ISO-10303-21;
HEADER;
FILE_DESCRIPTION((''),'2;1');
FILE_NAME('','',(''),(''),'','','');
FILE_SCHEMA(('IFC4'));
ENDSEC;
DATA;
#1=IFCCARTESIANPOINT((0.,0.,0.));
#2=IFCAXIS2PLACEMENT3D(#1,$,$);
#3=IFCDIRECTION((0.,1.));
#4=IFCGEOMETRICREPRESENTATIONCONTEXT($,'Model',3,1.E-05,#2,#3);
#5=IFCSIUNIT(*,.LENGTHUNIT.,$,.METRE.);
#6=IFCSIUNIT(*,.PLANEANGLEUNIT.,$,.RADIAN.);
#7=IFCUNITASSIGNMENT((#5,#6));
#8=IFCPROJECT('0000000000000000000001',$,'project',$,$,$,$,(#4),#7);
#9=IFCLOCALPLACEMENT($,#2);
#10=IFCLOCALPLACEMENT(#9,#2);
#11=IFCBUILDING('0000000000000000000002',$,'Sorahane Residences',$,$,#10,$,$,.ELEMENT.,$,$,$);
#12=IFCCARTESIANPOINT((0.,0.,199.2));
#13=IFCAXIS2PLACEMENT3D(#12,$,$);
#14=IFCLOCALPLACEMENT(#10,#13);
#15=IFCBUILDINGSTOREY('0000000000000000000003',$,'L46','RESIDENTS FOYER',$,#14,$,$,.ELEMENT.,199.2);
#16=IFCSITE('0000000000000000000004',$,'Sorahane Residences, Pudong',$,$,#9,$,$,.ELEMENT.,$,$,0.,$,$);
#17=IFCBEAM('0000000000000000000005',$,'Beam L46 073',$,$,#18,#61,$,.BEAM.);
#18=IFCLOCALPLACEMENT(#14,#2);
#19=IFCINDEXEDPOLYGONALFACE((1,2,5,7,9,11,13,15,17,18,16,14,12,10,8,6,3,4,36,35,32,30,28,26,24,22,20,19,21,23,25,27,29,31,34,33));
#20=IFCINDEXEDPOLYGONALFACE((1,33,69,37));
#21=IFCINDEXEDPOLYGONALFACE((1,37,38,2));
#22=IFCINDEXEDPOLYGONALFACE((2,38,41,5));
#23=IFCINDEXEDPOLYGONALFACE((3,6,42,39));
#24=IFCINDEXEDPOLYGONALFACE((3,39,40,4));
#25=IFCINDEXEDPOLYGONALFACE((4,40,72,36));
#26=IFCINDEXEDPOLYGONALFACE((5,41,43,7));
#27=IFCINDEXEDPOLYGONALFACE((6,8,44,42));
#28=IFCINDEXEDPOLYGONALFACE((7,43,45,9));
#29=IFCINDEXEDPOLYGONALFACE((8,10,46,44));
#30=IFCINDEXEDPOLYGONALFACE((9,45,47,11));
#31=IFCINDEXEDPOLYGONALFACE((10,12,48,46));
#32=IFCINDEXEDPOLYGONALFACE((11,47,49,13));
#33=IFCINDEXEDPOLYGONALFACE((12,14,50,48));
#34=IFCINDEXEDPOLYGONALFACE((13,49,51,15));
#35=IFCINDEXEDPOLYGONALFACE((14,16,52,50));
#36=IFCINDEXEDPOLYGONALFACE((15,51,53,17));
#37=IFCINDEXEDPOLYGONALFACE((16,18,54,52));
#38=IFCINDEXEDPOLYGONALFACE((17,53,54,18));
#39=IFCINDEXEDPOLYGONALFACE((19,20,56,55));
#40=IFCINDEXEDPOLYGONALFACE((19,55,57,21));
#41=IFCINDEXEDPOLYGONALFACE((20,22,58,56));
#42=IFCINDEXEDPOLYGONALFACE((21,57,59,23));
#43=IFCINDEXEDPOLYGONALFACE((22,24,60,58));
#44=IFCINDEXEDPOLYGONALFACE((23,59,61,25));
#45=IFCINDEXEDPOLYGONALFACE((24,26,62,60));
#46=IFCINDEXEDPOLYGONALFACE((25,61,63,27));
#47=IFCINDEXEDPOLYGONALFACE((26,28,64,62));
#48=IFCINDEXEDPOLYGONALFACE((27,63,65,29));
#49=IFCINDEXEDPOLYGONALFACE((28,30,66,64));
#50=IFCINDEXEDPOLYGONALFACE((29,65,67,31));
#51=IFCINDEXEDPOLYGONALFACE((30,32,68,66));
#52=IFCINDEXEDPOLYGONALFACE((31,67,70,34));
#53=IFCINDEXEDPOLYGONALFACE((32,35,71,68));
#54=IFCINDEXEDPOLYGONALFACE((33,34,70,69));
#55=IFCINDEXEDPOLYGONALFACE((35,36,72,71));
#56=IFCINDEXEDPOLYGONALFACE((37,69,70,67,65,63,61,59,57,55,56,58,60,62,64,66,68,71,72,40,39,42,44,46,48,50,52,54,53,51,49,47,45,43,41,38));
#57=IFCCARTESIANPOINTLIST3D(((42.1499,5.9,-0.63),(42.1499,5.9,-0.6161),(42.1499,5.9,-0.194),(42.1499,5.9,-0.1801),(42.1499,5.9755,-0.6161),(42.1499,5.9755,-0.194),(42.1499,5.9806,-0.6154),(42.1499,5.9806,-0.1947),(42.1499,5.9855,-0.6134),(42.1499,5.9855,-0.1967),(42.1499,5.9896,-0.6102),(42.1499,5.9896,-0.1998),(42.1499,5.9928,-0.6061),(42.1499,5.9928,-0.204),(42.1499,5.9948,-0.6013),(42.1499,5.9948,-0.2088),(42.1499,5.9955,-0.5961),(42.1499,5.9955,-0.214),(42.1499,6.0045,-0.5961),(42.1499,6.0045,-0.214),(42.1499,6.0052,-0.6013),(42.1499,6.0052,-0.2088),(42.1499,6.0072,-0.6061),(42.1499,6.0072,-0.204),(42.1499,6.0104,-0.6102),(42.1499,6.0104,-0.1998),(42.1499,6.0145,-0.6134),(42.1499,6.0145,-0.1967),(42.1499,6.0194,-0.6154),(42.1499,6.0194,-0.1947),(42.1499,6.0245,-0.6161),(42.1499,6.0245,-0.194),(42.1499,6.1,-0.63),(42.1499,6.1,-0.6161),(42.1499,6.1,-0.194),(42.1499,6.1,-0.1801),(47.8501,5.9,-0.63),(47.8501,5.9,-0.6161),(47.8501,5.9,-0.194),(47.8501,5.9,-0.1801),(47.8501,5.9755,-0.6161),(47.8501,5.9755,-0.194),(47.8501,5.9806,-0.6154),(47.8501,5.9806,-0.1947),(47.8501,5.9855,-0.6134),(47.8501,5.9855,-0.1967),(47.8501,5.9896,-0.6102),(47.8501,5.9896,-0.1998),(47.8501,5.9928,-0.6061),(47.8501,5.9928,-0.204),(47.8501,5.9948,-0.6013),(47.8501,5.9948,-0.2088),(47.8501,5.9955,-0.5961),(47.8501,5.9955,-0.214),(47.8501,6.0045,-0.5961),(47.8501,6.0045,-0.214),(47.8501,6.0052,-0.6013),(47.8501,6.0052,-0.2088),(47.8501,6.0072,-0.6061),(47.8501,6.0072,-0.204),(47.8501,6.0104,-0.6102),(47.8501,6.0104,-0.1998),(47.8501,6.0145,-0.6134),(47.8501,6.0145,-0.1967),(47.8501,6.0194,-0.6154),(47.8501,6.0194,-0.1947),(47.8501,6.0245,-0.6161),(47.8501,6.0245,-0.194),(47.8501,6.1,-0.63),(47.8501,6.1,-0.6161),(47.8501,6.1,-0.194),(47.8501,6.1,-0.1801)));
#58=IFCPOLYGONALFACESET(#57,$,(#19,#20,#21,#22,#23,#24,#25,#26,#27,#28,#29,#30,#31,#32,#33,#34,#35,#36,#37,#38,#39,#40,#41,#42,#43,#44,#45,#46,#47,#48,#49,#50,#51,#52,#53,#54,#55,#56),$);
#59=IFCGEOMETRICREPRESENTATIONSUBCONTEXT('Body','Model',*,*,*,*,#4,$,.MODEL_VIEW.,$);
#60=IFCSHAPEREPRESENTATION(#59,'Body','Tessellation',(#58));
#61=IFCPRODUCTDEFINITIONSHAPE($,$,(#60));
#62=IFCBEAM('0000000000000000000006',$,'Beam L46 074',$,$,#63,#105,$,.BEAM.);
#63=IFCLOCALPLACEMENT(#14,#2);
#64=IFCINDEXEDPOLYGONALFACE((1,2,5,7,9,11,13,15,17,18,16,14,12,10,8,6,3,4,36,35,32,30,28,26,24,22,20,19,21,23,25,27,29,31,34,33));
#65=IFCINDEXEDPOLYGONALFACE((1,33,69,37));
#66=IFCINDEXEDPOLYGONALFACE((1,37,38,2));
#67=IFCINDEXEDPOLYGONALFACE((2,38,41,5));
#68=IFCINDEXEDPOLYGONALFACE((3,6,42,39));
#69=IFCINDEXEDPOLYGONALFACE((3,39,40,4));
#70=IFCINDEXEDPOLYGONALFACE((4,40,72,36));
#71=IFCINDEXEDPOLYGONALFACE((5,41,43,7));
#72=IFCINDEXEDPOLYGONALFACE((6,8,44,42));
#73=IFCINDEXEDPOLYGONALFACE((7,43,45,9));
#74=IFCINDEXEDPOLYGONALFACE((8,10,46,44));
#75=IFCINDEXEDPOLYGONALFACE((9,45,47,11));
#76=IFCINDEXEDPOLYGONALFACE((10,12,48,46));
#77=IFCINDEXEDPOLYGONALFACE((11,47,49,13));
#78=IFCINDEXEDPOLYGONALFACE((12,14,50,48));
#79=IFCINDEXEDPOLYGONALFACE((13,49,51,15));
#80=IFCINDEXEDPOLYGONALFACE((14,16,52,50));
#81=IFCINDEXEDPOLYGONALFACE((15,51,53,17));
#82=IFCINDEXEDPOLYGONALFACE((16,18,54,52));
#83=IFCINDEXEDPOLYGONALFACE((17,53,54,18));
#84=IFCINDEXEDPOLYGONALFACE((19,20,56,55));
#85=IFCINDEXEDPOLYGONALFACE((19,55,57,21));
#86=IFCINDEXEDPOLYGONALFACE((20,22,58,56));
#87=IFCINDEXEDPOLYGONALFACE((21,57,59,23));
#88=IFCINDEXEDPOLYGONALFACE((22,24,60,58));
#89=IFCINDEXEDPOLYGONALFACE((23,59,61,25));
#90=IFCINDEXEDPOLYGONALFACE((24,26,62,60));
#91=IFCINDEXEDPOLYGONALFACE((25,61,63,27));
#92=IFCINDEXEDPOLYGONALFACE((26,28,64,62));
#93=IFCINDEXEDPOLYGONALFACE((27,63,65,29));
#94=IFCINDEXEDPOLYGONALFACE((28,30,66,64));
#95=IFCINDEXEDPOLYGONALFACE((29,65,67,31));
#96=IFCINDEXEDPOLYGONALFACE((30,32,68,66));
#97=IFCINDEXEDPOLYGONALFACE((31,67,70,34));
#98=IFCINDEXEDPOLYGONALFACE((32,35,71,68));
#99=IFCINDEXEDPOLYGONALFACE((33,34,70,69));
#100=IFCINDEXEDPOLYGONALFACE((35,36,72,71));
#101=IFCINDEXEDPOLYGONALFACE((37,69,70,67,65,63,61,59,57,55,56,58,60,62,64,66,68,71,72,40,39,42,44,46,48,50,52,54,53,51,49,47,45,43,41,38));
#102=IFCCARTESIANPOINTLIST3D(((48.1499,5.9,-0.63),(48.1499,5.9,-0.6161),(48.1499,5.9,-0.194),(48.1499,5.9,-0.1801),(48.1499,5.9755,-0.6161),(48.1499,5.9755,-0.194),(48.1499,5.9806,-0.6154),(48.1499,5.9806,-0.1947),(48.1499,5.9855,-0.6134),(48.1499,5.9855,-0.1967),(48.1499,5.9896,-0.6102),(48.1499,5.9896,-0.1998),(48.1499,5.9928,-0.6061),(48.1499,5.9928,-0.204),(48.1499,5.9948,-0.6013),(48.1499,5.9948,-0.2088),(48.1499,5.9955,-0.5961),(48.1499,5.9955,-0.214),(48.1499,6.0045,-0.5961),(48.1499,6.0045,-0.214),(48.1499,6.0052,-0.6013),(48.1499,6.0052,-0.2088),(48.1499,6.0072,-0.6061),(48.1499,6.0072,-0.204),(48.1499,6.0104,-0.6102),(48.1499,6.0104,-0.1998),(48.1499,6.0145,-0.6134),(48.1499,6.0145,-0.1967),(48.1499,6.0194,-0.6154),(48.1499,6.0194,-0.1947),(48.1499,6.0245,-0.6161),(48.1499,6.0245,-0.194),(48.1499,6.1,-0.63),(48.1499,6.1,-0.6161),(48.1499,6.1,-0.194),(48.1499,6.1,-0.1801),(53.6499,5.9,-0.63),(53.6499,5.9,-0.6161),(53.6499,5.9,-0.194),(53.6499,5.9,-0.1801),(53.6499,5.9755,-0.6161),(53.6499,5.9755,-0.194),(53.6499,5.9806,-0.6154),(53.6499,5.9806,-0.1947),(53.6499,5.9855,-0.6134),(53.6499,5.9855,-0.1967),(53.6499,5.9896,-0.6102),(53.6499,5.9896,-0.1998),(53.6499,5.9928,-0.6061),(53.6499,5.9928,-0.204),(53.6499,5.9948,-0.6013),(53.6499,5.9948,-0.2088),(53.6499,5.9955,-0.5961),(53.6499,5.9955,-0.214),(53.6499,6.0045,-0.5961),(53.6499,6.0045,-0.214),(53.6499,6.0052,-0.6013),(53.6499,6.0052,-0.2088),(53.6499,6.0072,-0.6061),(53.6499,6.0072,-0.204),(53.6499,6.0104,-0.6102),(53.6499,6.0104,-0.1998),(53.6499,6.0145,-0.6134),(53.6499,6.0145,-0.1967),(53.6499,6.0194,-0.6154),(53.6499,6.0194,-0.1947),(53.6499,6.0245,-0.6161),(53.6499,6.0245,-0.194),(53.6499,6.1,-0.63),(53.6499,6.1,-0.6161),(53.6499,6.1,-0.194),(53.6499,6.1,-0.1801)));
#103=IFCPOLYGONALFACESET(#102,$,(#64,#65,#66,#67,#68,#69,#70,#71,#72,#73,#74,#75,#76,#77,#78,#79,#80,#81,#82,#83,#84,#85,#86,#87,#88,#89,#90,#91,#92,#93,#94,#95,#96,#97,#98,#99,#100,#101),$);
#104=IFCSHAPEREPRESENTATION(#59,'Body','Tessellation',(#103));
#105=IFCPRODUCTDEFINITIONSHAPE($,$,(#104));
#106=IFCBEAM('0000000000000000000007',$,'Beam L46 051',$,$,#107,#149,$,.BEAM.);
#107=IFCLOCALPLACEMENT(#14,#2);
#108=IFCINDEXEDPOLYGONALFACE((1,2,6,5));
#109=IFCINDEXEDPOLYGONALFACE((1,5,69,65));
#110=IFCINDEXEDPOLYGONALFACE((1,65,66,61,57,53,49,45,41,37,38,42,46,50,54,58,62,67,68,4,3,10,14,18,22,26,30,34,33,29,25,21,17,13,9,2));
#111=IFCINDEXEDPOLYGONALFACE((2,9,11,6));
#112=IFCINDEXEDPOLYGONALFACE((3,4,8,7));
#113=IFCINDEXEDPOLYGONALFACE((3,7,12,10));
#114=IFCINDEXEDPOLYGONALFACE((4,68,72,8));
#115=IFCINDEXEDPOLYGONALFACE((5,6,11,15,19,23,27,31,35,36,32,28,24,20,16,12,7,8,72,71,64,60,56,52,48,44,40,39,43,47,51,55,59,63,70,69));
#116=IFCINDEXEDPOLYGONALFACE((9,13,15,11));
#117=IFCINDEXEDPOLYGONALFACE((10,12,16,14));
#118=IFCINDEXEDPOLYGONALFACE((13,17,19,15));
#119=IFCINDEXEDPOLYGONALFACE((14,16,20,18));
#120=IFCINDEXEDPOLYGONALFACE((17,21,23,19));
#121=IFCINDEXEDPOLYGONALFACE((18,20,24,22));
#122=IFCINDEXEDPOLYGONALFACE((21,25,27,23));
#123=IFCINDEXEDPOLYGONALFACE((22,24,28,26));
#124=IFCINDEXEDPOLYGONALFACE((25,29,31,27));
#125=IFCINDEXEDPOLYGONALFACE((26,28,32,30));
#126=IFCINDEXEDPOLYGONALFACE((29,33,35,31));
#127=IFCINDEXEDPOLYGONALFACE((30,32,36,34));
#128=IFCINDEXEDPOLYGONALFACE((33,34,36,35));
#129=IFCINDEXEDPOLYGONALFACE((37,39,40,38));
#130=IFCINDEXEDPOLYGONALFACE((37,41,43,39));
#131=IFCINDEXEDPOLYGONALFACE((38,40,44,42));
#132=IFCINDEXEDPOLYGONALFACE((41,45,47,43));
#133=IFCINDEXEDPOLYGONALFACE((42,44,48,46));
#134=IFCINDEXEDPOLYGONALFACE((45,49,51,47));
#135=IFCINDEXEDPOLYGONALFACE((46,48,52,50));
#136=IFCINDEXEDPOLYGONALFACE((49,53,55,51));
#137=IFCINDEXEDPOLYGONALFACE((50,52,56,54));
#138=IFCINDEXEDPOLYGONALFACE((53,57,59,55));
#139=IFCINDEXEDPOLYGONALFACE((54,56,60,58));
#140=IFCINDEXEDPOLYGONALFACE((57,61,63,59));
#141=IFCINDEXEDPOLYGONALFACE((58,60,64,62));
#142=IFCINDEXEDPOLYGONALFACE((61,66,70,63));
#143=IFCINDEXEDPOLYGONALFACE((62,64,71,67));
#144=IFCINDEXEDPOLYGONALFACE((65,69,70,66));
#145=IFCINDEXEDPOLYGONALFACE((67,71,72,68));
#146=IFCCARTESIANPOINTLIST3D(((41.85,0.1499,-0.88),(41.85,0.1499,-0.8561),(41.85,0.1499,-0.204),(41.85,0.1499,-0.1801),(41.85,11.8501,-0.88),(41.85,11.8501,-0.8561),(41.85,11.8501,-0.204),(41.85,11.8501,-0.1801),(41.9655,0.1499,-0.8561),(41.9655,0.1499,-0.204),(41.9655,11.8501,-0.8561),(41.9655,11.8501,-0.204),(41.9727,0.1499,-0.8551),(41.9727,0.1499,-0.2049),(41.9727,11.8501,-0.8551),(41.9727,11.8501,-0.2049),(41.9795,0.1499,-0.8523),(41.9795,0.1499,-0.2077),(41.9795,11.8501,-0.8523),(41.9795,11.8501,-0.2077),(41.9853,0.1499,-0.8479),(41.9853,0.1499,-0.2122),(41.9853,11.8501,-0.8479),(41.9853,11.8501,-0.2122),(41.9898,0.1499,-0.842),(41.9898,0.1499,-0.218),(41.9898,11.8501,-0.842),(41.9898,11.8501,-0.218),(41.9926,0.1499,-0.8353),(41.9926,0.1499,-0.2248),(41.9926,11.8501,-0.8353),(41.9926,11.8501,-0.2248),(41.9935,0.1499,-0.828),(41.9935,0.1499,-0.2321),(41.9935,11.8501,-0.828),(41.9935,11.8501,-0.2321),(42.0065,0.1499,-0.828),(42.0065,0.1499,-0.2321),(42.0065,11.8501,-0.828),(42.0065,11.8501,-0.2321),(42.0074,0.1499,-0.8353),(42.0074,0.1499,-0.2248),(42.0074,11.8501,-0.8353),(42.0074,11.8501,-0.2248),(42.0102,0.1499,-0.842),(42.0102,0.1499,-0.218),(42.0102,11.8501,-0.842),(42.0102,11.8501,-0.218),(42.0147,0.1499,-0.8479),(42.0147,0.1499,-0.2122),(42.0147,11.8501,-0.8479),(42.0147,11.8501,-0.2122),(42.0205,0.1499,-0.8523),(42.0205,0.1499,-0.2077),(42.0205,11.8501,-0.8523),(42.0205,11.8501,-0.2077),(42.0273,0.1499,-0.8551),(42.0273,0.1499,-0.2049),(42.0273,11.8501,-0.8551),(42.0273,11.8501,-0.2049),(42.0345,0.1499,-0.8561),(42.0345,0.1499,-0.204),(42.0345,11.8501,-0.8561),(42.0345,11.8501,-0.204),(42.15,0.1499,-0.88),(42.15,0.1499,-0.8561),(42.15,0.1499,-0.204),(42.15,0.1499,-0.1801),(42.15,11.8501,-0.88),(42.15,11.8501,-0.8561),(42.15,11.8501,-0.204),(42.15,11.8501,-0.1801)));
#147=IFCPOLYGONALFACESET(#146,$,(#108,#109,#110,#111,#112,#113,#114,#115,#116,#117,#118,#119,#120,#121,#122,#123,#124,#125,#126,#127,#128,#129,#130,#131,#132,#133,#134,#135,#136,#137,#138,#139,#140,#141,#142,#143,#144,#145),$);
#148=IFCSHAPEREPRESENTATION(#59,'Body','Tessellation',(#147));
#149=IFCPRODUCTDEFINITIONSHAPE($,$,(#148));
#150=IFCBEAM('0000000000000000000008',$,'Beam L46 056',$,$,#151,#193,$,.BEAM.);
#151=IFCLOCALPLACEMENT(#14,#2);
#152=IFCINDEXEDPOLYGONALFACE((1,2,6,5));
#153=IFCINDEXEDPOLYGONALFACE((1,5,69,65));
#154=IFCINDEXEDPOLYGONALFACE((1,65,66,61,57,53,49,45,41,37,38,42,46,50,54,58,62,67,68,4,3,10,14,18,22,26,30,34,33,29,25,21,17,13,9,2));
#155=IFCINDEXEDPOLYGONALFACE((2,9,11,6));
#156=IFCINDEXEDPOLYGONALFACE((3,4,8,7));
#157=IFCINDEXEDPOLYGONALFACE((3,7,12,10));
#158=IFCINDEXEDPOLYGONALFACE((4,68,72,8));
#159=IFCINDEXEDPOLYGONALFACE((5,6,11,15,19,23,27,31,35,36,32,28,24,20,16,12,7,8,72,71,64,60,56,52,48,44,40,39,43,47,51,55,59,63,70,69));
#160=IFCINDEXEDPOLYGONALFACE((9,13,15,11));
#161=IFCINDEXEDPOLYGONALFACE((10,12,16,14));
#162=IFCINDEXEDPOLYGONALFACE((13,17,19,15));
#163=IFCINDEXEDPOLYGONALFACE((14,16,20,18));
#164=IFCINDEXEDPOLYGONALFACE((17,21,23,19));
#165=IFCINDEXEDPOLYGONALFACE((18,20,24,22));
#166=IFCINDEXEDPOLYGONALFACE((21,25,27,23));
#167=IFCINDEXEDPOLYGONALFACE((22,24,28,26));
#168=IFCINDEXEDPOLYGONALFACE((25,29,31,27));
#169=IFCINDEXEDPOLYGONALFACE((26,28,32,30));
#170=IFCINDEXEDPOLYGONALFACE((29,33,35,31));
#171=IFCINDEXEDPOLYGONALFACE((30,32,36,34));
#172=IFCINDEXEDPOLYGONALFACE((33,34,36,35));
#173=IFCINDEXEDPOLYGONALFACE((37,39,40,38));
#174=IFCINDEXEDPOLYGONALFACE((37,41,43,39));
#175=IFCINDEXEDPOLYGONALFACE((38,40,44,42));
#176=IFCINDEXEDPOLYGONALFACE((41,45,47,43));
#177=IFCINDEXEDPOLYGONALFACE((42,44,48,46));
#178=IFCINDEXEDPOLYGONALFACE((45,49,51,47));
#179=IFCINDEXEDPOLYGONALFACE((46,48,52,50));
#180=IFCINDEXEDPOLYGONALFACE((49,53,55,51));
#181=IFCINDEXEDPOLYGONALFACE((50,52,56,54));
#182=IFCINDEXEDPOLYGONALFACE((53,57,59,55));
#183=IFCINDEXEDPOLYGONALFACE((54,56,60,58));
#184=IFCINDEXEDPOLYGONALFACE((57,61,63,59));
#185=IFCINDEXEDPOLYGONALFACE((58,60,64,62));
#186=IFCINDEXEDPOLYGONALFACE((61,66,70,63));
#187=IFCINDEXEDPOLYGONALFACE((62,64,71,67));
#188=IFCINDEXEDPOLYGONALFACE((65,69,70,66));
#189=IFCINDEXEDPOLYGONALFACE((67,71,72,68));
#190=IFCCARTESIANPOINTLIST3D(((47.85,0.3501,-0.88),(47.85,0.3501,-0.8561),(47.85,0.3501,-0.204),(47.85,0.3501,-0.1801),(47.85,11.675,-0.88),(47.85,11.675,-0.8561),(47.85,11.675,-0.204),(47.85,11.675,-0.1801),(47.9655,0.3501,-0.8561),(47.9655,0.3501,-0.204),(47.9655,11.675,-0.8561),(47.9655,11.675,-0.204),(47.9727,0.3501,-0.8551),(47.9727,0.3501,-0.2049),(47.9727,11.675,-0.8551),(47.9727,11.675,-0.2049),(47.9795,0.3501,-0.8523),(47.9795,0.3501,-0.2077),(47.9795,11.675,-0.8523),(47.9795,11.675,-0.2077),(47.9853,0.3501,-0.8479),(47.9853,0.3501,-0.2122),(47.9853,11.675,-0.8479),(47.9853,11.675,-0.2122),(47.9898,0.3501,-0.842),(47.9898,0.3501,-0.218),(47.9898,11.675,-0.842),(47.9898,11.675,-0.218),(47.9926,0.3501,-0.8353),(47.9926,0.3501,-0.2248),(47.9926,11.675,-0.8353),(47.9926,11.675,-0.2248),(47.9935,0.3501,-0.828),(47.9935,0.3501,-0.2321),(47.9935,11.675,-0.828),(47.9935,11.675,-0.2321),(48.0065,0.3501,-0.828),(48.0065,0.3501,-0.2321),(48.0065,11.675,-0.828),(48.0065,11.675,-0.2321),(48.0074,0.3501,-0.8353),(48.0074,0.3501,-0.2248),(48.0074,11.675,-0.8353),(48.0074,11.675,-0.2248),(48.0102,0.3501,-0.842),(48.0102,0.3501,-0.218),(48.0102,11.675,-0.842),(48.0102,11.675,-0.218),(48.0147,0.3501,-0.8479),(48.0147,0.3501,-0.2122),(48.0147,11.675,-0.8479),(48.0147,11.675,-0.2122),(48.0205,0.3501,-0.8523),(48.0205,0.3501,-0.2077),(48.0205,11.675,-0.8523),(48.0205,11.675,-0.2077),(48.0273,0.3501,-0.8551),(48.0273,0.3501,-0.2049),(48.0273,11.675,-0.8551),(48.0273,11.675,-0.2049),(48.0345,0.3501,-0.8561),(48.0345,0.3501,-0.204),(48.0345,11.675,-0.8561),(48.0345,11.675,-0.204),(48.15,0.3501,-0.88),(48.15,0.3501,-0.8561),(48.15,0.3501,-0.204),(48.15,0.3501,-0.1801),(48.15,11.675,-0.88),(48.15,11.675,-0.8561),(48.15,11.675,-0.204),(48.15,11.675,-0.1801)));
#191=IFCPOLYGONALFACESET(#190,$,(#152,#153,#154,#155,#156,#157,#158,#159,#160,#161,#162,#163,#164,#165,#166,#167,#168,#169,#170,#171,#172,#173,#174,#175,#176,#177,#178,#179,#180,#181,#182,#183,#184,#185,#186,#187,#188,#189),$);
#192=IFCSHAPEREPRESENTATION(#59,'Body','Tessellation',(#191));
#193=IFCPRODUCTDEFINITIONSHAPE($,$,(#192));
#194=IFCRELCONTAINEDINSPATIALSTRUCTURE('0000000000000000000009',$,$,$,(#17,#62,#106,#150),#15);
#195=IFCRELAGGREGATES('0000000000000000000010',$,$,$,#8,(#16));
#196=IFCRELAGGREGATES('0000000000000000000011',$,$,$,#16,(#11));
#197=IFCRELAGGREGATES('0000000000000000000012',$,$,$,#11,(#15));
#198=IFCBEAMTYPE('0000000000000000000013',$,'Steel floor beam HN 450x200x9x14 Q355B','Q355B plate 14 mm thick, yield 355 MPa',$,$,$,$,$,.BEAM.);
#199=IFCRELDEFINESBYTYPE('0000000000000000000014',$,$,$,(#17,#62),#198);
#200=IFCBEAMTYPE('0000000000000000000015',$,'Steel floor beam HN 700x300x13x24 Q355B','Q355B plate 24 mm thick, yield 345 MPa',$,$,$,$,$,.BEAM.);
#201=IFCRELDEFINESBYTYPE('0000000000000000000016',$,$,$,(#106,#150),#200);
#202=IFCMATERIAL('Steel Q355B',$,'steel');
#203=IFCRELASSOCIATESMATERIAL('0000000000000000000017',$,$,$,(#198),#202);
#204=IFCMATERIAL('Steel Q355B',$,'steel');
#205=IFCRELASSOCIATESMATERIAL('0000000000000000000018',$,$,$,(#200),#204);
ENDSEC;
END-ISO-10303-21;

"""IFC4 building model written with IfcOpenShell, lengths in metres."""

from ifc_helpers import new_model, si_unit, direction, frame, origin, origin_2d, place, context, subcontext, project, spatial, i_section, extrude, material, material_profile, profile_set, type_object, element, save


model = new_model("IFC4")

# Units and contexts
model_context = context("Model", 3, precision=1e-05, world=origin(), true_north=direction((0.0, 1.0)))
body_context = subcontext(model_context, "Body", "Model", "MODEL_VIEW")
ifc_project = project(units=[si_unit("LENGTHUNIT", "METRE"), si_unit("PLANEANGLEUNIT", "RADIAN")], contexts=[model_context])

# Site, building, storey
site_placement = place(None, origin())
site = spatial("IfcSite", under=ifc_project, at=site_placement, Name="Sorahane Residences, Pudong", CompositionType="ELEMENT", RefElevation=0.0)
building_placement = place(site_placement, origin())
building = spatial("IfcBuilding", under=site, at=building_placement, Name="Sorahane Residences", CompositionType="ELEMENT")
storey_placement = place(building_placement, frame((0.0, 0.0, 199.2)))
storey = spatial("IfcBuildingStorey", under=building, at=storey_placement, Name="L46", Description="RESIDENTS FOYER", CompositionType="ELEMENT", Elevation=199.2)

# Beams
ifc_material_1 = material(Name="Steel Q355B", Category="steel")
ifc_material_profile_1 = material_profile(ifc_material_1, i_section(OverallWidth=0.2, OverallDepth=0.45, WebThickness=0.009, FlangeThickness=0.0139, FilletRadius=0.02, at=origin_2d()), Name="HN 450x200x9x14")
ifc_profile_set_1 = profile_set([ifc_material_profile_1], Name="Steel Q355B")
beam_type_1 = type_object("IfcBeamType", Name="Steel floor beam HN 450x200x9x14 Q355B", Description="Q355B plate 14 mm thick, yield 355 MPa", PredefinedType="BEAM", material=ifc_profile_set_1)
beam_1_placement = place(storey_placement, frame((42.1499, 6.0, -0.405), z_axis=(1.0, 0.0, 0.0), x_axis=(0.0, 1.0, 0.0)))
element("IfcBeam", 1, at=beam_1_placement, inside=storey, type_object=beam_type_1, Name="Beam L46 073", PredefinedType="BEAM", context=body_context, shape_type="SweptSolid", body=[
    extrude(i_section(OverallWidth=0.2, OverallDepth=0.45, WebThickness=0.009, FlangeThickness=0.0139, FilletRadius=0.02, at=origin_2d()), origin(), (0.0, 0.0, 1.0), 5.7002),
])
beam_2_placement = place(storey_placement, frame((48.1499, 6.0, -0.405), z_axis=(1.0, 0.0, 0.0), x_axis=(0.0, 1.0, 0.0)))
element("IfcBeam", 2, at=beam_2_placement, inside=storey, type_object=beam_type_1, Name="Beam L46 074", PredefinedType="BEAM", context=body_context, shape_type="SweptSolid", body=[
    extrude(i_section(OverallWidth=0.2, OverallDepth=0.45, WebThickness=0.009, FlangeThickness=0.0139, FilletRadius=0.02, at=origin_2d()), origin(), (0.0, 0.0, 1.0), 5.5),
])
ifc_material_2 = material(Name="Steel Q355B", Category="steel")
ifc_material_profile_2 = material_profile(ifc_material_2, i_section(OverallWidth=0.3, OverallDepth=0.7, WebThickness=0.0129, FlangeThickness=0.0239, FilletRadius=0.0281, at=origin_2d()), Name="HN 700x300x13x24")
ifc_profile_set_2 = profile_set([ifc_material_profile_2], Name="Steel Q355B")
beam_type_2 = type_object("IfcBeamType", Name="Steel floor beam HN 700x300x13x24 Q355B", Description="Q355B plate 24 mm thick, yield 345 MPa", PredefinedType="BEAM", material=ifc_profile_set_2)
beam_3_placement = place(storey_placement, frame((42.0, 0.1499, -0.53), z_axis=(0.0, 1.0, 0.0), x_axis=(-1.0, 0.0, 0.0)))
element("IfcBeam", 3, at=beam_3_placement, inside=storey, type_object=beam_type_2, Name="Beam L46 051", PredefinedType="BEAM", context=body_context, shape_type="SweptSolid", body=[
    extrude(i_section(OverallWidth=0.3, OverallDepth=0.7, WebThickness=0.0129, FlangeThickness=0.0239, FilletRadius=0.0281, at=origin_2d()), origin(), (0.0, 0.0, 1.0), 11.7002),
])
beam_4_placement = place(storey_placement, frame((48.0, 0.3501, -0.53), z_axis=(0.0, 1.0, 0.0), x_axis=(-1.0, 0.0, 0.0)))
element("IfcBeam", 4, at=beam_4_placement, inside=storey, type_object=beam_type_2, Name="Beam L46 056", PredefinedType="BEAM", context=body_context, shape_type="SweptSolid", body=[
    extrude(i_section(OverallWidth=0.3, OverallDepth=0.7, WebThickness=0.0129, FlangeThickness=0.0239, FilletRadius=0.0281, at=origin_2d()), origin(), (0.0, 0.0, 1.0), 11.325),
])

save(model, "model.ifc")
